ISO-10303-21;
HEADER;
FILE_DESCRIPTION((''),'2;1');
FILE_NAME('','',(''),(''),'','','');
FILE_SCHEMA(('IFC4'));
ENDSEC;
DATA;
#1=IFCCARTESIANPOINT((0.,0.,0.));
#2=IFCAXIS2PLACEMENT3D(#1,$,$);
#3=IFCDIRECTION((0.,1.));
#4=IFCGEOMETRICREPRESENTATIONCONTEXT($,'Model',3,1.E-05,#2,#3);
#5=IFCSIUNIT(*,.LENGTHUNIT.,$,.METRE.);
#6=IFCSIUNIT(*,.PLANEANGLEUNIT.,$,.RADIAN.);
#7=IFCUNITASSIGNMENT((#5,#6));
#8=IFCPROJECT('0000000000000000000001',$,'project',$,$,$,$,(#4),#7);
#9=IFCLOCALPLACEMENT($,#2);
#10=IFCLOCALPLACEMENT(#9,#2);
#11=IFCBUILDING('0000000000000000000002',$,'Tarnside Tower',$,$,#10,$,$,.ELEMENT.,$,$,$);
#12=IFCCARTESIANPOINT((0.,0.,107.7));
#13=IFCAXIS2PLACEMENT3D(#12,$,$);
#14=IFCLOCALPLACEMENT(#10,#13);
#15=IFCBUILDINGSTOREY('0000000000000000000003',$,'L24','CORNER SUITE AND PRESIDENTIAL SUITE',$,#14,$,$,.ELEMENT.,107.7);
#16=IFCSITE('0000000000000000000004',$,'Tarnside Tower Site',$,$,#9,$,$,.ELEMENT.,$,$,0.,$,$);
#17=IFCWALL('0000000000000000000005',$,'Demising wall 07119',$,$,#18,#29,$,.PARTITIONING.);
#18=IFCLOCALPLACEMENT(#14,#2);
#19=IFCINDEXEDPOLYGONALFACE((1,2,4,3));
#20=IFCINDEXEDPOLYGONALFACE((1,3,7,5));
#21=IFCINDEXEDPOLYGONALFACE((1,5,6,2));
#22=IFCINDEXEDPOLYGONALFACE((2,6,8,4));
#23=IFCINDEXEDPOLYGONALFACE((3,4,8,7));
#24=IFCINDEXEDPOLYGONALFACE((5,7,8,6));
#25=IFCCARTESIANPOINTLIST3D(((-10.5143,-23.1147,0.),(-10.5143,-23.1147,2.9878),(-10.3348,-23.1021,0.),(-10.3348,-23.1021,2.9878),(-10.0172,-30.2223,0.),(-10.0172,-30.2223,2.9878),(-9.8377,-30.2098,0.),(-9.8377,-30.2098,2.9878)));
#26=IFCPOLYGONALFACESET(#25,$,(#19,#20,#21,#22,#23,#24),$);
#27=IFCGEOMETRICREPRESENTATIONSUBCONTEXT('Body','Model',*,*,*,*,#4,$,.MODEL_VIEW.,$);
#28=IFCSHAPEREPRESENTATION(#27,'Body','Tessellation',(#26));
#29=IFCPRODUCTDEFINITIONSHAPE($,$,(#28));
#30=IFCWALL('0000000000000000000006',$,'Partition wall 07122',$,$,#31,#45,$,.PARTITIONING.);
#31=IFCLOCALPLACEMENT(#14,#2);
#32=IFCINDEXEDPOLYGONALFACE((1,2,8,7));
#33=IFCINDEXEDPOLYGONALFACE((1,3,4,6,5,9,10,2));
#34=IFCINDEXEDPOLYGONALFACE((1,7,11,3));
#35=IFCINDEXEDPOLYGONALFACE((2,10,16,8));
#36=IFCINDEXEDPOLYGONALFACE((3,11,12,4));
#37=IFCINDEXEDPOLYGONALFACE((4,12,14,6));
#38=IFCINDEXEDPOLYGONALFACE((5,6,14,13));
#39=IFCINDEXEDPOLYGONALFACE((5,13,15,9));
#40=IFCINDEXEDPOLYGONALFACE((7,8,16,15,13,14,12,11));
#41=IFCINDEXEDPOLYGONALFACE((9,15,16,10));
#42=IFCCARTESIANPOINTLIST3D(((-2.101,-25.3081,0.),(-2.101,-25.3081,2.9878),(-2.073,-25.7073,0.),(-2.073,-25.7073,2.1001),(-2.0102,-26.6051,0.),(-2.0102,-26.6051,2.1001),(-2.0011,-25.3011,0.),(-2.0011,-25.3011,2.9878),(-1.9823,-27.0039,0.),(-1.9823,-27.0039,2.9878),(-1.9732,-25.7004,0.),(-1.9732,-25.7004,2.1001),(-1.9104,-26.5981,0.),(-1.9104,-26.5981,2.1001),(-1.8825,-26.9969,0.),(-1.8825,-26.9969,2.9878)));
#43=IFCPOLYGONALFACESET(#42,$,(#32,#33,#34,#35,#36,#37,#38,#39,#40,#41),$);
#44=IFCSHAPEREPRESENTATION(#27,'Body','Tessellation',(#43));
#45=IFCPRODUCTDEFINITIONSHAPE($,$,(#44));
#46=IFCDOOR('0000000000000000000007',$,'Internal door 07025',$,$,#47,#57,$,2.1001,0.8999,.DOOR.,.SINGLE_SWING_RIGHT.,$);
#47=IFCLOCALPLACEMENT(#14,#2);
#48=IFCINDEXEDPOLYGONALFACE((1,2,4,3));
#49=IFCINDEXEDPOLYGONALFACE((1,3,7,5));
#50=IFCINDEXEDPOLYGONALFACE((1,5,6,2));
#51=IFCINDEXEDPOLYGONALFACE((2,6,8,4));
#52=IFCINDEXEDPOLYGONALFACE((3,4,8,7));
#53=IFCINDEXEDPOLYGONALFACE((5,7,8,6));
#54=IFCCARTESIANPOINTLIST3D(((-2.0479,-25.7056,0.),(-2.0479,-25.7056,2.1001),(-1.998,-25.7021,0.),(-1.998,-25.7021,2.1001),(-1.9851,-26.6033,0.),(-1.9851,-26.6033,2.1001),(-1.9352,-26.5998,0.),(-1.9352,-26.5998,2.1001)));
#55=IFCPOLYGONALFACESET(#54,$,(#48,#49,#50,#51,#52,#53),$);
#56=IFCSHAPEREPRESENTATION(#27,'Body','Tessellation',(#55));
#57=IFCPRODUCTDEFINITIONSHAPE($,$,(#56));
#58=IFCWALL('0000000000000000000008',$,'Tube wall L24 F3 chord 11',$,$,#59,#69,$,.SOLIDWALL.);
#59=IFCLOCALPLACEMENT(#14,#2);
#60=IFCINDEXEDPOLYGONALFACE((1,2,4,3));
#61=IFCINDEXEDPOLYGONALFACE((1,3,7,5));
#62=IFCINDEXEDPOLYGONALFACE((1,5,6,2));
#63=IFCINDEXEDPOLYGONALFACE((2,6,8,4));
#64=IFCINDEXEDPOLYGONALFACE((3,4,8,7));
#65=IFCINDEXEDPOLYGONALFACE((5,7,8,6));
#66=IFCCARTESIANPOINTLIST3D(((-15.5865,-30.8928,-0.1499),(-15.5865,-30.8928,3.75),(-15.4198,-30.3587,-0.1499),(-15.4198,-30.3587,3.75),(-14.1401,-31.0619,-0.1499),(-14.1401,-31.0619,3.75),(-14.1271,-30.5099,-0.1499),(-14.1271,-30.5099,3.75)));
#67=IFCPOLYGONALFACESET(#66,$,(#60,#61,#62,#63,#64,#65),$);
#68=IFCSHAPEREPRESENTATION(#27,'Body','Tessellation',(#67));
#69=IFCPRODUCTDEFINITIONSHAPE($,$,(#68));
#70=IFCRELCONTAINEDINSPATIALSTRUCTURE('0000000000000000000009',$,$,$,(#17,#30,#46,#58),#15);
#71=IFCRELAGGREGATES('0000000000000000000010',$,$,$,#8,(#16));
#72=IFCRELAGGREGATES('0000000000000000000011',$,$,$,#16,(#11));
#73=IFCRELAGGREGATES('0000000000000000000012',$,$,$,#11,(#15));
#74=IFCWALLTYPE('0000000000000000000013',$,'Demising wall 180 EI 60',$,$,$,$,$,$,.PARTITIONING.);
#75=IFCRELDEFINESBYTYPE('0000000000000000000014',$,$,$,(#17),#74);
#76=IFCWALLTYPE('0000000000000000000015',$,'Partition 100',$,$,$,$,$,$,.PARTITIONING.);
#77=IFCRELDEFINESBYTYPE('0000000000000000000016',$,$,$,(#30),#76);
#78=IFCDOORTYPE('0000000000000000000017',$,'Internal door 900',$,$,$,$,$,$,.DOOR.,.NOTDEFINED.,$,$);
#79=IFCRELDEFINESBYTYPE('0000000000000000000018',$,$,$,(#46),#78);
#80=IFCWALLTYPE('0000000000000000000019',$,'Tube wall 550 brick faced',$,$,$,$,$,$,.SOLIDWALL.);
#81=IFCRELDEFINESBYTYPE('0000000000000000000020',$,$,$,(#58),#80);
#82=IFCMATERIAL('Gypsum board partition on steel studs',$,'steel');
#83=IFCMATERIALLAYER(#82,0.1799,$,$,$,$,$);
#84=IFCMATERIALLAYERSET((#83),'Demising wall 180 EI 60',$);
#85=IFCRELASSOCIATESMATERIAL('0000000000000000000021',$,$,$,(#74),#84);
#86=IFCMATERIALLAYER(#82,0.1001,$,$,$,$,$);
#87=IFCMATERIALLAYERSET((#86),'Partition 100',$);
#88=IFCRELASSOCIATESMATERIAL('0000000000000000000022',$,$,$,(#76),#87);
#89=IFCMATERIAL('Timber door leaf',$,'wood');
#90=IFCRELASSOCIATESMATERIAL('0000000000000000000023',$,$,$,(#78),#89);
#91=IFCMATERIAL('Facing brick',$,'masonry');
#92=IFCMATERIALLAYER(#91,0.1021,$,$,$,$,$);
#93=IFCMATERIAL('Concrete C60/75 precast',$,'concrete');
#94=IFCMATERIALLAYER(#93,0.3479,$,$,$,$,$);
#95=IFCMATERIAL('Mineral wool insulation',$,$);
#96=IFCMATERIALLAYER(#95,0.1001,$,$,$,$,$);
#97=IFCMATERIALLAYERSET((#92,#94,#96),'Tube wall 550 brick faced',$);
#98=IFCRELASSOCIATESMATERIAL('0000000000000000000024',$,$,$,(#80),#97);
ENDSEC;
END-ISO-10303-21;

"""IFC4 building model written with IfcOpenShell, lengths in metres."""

from ifc_helpers import new_model, si_unit, direction, frame, frame_2d, origin, place, context, subcontext, project, spatial, polyline, rectangle, outline, extrude, material, layer, layer_set, type_object, element, fill, save


model = new_model("IFC4")

# Units and contexts
model_context = context("Model", 3, precision=1e-05, world=origin(), true_north=direction((0.0, 1.0)))
body_context = subcontext(model_context, "Body", "Model", "MODEL_VIEW")
ifc_project = project(units=[si_unit("LENGTHUNIT", "METRE"), si_unit("PLANEANGLEUNIT", "RADIAN")], contexts=[model_context])

# Site, building, storey
site_placement = place(None, origin())
site = spatial("IfcSite", under=ifc_project, at=site_placement, Name="Tarnside Tower Site", CompositionType="ELEMENT", RefElevation=0.0)
building_placement = place(site_placement, origin())
building = spatial("IfcBuilding", under=site, at=building_placement, Name="Tarnside Tower", CompositionType="ELEMENT")
storey_placement = place(building_placement, frame((0.0, 0.0, 107.7)))
storey = spatial("IfcBuildingStorey", under=building, at=storey_placement, Name="L24", Description="CORNER SUITE AND PRESIDENTIAL SUITE", CompositionType="ELEMENT", Elevation=107.7)

# Wall
ifc_material_1 = material(Name="Gypsum board partition on steel studs", Category="steel")
ifc_layer_1 = layer(ifc_material_1, 0.1799)
ifc_layer_set_1 = layer_set([ifc_layer_1], Name="Demising wall 180 EI 60")
wall_type_1 = type_object("IfcWallType", Name="Demising wall 180 EI 60", PredefinedType="PARTITIONING", material=ifc_layer_set_1)
wall_1_placement = place(storey_placement, frame((-9.9275, -30.2161, 0.0), z_axis=(0.0, 0.0, 1.0), x_axis=(-0.069764, 0.997564, 0.0)))
element("IfcWall", 1, at=wall_1_placement, inside=storey, type_object=wall_type_1, Name="Demising wall 07119", PredefinedType="PARTITIONING", context=body_context, shape_type="SweptSolid", body=[
    extrude(rectangle(XDim=7.125, YDim=0.1799, at=frame_2d((3.5625, 0.0))), origin(), (0.0, 0.0, 1.0), 2.9878),
])

# Wall, opening, door
ifc_layer_2 = layer(ifc_material_1, 0.1001)
ifc_layer_set_2 = layer_set([ifc_layer_2], Name="Partition 100")
wall_type_2 = type_object("IfcWallType", Name="Partition 100", PredefinedType="PARTITIONING", material=ifc_layer_set_2)
wall_2_placement = place(storey_placement, frame((-1.9324, -27.0005, 0.0), z_axis=(0.0, 0.0, 1.0), x_axis=(-0.069798, 0.997561, 0.0)))
wall_2 = element("IfcWall", 2, at=wall_2_placement, inside=storey, type_object=wall_type_2, Name="Partition wall 07122", PredefinedType="PARTITIONING", context=body_context, shape_type="SweptSolid", body=[
    extrude(rectangle(XDim=1.7, YDim=0.1001, at=frame_2d((0.8501, 0.0))), origin(), (0.0, 0.0, 1.0), 2.9878),
])
opening_1_placement = place(wall_2_placement, frame((0.3999, 0.0, 0.0)))
opening_1 = element("IfcOpeningElement", 3, at=opening_1_placement, cuts=wall_2, PredefinedType="OPENING", context=body_context, shape_type="SweptSolid", body=[
    extrude(rectangle(XDim=0.8999, YDim=2.1001, at=frame_2d((0.45, 1.05))), frame((0.0, 0.0601, 0.0), z_axis=(0.0, -1.0, 0.0), x_axis=(1.0, 0.0, 0.0)), (0.0, 0.0, 1.0), 0.1201),
])
ifc_material_2 = material(Name="Timber door leaf", Category="wood")
door_type = type_object("IfcDoorType", Name="Internal door 900", OperationType="NOTDEFINED", PredefinedType="DOOR", material=ifc_material_2)
door_placement = place(opening_1_placement, origin())
door = element("IfcDoor", 4, at=door_placement, inside=storey, type_object=door_type, Name="Internal door 07025", OperationType="SINGLE_SWING_RIGHT", OverallHeight=2.1001, OverallWidth=0.8999, PredefinedType="DOOR", context=body_context, shape_type="SweptSolid", body=[
    extrude(rectangle(XDim=0.8999, YDim=2.1001, at=frame_2d((0.45, 1.05))), frame((0.0, 0.0249, 0.0), z_axis=(0.0, -1.0, 0.0), x_axis=(1.0, 0.0, 0.0)), (0.0, 0.0, 1.0), 0.05),
])
fill(opening_1, door)

# Wall
ifc_material_3 = material(Name="Facing brick", Category="masonry")
ifc_layer_3 = layer(ifc_material_3, 0.1021)
ifc_material_4 = material(Name="Concrete C60/75 precast", Category="concrete")
ifc_layer_4 = layer(ifc_material_4, 0.3479)
ifc_material_5 = material(Name="Mineral wool insulation")
ifc_layer_5 = layer(ifc_material_5, 0.1001)
ifc_layer_set_3 = layer_set([ifc_layer_3, ifc_layer_4, ifc_layer_5], Name="Tube wall 550 brick faced")
wall_type_3 = type_object("IfcWallType", Name="Tube wall 550 brick faced", PredefinedType="SOLIDWALL", material=ifc_layer_set_3)
wall_3_placement = place(storey_placement, frame((-15.5032, -30.6257, -0.1499), z_axis=(0.0, 0.0, 1.0), x_axis=(0.993233, -0.116143, 0.0)))
element("IfcWall", 5, at=wall_3_placement, inside=storey, type_object=wall_type_3, Name="Tube wall L24 F3 chord 11", PredefinedType="SOLIDWALL", context=body_context, shape_type="SweptSolid", body=[
    extrude(outline(polyline([(-0.0518, -0.2749), (1.4045, -0.2749), (1.3533, 0.2749), (0.0518, 0.2749), (-0.0518, -0.2749)])), origin(), (0.0, 0.0, 1.0), 3.8999),
])

save(model, "model.ifc")
